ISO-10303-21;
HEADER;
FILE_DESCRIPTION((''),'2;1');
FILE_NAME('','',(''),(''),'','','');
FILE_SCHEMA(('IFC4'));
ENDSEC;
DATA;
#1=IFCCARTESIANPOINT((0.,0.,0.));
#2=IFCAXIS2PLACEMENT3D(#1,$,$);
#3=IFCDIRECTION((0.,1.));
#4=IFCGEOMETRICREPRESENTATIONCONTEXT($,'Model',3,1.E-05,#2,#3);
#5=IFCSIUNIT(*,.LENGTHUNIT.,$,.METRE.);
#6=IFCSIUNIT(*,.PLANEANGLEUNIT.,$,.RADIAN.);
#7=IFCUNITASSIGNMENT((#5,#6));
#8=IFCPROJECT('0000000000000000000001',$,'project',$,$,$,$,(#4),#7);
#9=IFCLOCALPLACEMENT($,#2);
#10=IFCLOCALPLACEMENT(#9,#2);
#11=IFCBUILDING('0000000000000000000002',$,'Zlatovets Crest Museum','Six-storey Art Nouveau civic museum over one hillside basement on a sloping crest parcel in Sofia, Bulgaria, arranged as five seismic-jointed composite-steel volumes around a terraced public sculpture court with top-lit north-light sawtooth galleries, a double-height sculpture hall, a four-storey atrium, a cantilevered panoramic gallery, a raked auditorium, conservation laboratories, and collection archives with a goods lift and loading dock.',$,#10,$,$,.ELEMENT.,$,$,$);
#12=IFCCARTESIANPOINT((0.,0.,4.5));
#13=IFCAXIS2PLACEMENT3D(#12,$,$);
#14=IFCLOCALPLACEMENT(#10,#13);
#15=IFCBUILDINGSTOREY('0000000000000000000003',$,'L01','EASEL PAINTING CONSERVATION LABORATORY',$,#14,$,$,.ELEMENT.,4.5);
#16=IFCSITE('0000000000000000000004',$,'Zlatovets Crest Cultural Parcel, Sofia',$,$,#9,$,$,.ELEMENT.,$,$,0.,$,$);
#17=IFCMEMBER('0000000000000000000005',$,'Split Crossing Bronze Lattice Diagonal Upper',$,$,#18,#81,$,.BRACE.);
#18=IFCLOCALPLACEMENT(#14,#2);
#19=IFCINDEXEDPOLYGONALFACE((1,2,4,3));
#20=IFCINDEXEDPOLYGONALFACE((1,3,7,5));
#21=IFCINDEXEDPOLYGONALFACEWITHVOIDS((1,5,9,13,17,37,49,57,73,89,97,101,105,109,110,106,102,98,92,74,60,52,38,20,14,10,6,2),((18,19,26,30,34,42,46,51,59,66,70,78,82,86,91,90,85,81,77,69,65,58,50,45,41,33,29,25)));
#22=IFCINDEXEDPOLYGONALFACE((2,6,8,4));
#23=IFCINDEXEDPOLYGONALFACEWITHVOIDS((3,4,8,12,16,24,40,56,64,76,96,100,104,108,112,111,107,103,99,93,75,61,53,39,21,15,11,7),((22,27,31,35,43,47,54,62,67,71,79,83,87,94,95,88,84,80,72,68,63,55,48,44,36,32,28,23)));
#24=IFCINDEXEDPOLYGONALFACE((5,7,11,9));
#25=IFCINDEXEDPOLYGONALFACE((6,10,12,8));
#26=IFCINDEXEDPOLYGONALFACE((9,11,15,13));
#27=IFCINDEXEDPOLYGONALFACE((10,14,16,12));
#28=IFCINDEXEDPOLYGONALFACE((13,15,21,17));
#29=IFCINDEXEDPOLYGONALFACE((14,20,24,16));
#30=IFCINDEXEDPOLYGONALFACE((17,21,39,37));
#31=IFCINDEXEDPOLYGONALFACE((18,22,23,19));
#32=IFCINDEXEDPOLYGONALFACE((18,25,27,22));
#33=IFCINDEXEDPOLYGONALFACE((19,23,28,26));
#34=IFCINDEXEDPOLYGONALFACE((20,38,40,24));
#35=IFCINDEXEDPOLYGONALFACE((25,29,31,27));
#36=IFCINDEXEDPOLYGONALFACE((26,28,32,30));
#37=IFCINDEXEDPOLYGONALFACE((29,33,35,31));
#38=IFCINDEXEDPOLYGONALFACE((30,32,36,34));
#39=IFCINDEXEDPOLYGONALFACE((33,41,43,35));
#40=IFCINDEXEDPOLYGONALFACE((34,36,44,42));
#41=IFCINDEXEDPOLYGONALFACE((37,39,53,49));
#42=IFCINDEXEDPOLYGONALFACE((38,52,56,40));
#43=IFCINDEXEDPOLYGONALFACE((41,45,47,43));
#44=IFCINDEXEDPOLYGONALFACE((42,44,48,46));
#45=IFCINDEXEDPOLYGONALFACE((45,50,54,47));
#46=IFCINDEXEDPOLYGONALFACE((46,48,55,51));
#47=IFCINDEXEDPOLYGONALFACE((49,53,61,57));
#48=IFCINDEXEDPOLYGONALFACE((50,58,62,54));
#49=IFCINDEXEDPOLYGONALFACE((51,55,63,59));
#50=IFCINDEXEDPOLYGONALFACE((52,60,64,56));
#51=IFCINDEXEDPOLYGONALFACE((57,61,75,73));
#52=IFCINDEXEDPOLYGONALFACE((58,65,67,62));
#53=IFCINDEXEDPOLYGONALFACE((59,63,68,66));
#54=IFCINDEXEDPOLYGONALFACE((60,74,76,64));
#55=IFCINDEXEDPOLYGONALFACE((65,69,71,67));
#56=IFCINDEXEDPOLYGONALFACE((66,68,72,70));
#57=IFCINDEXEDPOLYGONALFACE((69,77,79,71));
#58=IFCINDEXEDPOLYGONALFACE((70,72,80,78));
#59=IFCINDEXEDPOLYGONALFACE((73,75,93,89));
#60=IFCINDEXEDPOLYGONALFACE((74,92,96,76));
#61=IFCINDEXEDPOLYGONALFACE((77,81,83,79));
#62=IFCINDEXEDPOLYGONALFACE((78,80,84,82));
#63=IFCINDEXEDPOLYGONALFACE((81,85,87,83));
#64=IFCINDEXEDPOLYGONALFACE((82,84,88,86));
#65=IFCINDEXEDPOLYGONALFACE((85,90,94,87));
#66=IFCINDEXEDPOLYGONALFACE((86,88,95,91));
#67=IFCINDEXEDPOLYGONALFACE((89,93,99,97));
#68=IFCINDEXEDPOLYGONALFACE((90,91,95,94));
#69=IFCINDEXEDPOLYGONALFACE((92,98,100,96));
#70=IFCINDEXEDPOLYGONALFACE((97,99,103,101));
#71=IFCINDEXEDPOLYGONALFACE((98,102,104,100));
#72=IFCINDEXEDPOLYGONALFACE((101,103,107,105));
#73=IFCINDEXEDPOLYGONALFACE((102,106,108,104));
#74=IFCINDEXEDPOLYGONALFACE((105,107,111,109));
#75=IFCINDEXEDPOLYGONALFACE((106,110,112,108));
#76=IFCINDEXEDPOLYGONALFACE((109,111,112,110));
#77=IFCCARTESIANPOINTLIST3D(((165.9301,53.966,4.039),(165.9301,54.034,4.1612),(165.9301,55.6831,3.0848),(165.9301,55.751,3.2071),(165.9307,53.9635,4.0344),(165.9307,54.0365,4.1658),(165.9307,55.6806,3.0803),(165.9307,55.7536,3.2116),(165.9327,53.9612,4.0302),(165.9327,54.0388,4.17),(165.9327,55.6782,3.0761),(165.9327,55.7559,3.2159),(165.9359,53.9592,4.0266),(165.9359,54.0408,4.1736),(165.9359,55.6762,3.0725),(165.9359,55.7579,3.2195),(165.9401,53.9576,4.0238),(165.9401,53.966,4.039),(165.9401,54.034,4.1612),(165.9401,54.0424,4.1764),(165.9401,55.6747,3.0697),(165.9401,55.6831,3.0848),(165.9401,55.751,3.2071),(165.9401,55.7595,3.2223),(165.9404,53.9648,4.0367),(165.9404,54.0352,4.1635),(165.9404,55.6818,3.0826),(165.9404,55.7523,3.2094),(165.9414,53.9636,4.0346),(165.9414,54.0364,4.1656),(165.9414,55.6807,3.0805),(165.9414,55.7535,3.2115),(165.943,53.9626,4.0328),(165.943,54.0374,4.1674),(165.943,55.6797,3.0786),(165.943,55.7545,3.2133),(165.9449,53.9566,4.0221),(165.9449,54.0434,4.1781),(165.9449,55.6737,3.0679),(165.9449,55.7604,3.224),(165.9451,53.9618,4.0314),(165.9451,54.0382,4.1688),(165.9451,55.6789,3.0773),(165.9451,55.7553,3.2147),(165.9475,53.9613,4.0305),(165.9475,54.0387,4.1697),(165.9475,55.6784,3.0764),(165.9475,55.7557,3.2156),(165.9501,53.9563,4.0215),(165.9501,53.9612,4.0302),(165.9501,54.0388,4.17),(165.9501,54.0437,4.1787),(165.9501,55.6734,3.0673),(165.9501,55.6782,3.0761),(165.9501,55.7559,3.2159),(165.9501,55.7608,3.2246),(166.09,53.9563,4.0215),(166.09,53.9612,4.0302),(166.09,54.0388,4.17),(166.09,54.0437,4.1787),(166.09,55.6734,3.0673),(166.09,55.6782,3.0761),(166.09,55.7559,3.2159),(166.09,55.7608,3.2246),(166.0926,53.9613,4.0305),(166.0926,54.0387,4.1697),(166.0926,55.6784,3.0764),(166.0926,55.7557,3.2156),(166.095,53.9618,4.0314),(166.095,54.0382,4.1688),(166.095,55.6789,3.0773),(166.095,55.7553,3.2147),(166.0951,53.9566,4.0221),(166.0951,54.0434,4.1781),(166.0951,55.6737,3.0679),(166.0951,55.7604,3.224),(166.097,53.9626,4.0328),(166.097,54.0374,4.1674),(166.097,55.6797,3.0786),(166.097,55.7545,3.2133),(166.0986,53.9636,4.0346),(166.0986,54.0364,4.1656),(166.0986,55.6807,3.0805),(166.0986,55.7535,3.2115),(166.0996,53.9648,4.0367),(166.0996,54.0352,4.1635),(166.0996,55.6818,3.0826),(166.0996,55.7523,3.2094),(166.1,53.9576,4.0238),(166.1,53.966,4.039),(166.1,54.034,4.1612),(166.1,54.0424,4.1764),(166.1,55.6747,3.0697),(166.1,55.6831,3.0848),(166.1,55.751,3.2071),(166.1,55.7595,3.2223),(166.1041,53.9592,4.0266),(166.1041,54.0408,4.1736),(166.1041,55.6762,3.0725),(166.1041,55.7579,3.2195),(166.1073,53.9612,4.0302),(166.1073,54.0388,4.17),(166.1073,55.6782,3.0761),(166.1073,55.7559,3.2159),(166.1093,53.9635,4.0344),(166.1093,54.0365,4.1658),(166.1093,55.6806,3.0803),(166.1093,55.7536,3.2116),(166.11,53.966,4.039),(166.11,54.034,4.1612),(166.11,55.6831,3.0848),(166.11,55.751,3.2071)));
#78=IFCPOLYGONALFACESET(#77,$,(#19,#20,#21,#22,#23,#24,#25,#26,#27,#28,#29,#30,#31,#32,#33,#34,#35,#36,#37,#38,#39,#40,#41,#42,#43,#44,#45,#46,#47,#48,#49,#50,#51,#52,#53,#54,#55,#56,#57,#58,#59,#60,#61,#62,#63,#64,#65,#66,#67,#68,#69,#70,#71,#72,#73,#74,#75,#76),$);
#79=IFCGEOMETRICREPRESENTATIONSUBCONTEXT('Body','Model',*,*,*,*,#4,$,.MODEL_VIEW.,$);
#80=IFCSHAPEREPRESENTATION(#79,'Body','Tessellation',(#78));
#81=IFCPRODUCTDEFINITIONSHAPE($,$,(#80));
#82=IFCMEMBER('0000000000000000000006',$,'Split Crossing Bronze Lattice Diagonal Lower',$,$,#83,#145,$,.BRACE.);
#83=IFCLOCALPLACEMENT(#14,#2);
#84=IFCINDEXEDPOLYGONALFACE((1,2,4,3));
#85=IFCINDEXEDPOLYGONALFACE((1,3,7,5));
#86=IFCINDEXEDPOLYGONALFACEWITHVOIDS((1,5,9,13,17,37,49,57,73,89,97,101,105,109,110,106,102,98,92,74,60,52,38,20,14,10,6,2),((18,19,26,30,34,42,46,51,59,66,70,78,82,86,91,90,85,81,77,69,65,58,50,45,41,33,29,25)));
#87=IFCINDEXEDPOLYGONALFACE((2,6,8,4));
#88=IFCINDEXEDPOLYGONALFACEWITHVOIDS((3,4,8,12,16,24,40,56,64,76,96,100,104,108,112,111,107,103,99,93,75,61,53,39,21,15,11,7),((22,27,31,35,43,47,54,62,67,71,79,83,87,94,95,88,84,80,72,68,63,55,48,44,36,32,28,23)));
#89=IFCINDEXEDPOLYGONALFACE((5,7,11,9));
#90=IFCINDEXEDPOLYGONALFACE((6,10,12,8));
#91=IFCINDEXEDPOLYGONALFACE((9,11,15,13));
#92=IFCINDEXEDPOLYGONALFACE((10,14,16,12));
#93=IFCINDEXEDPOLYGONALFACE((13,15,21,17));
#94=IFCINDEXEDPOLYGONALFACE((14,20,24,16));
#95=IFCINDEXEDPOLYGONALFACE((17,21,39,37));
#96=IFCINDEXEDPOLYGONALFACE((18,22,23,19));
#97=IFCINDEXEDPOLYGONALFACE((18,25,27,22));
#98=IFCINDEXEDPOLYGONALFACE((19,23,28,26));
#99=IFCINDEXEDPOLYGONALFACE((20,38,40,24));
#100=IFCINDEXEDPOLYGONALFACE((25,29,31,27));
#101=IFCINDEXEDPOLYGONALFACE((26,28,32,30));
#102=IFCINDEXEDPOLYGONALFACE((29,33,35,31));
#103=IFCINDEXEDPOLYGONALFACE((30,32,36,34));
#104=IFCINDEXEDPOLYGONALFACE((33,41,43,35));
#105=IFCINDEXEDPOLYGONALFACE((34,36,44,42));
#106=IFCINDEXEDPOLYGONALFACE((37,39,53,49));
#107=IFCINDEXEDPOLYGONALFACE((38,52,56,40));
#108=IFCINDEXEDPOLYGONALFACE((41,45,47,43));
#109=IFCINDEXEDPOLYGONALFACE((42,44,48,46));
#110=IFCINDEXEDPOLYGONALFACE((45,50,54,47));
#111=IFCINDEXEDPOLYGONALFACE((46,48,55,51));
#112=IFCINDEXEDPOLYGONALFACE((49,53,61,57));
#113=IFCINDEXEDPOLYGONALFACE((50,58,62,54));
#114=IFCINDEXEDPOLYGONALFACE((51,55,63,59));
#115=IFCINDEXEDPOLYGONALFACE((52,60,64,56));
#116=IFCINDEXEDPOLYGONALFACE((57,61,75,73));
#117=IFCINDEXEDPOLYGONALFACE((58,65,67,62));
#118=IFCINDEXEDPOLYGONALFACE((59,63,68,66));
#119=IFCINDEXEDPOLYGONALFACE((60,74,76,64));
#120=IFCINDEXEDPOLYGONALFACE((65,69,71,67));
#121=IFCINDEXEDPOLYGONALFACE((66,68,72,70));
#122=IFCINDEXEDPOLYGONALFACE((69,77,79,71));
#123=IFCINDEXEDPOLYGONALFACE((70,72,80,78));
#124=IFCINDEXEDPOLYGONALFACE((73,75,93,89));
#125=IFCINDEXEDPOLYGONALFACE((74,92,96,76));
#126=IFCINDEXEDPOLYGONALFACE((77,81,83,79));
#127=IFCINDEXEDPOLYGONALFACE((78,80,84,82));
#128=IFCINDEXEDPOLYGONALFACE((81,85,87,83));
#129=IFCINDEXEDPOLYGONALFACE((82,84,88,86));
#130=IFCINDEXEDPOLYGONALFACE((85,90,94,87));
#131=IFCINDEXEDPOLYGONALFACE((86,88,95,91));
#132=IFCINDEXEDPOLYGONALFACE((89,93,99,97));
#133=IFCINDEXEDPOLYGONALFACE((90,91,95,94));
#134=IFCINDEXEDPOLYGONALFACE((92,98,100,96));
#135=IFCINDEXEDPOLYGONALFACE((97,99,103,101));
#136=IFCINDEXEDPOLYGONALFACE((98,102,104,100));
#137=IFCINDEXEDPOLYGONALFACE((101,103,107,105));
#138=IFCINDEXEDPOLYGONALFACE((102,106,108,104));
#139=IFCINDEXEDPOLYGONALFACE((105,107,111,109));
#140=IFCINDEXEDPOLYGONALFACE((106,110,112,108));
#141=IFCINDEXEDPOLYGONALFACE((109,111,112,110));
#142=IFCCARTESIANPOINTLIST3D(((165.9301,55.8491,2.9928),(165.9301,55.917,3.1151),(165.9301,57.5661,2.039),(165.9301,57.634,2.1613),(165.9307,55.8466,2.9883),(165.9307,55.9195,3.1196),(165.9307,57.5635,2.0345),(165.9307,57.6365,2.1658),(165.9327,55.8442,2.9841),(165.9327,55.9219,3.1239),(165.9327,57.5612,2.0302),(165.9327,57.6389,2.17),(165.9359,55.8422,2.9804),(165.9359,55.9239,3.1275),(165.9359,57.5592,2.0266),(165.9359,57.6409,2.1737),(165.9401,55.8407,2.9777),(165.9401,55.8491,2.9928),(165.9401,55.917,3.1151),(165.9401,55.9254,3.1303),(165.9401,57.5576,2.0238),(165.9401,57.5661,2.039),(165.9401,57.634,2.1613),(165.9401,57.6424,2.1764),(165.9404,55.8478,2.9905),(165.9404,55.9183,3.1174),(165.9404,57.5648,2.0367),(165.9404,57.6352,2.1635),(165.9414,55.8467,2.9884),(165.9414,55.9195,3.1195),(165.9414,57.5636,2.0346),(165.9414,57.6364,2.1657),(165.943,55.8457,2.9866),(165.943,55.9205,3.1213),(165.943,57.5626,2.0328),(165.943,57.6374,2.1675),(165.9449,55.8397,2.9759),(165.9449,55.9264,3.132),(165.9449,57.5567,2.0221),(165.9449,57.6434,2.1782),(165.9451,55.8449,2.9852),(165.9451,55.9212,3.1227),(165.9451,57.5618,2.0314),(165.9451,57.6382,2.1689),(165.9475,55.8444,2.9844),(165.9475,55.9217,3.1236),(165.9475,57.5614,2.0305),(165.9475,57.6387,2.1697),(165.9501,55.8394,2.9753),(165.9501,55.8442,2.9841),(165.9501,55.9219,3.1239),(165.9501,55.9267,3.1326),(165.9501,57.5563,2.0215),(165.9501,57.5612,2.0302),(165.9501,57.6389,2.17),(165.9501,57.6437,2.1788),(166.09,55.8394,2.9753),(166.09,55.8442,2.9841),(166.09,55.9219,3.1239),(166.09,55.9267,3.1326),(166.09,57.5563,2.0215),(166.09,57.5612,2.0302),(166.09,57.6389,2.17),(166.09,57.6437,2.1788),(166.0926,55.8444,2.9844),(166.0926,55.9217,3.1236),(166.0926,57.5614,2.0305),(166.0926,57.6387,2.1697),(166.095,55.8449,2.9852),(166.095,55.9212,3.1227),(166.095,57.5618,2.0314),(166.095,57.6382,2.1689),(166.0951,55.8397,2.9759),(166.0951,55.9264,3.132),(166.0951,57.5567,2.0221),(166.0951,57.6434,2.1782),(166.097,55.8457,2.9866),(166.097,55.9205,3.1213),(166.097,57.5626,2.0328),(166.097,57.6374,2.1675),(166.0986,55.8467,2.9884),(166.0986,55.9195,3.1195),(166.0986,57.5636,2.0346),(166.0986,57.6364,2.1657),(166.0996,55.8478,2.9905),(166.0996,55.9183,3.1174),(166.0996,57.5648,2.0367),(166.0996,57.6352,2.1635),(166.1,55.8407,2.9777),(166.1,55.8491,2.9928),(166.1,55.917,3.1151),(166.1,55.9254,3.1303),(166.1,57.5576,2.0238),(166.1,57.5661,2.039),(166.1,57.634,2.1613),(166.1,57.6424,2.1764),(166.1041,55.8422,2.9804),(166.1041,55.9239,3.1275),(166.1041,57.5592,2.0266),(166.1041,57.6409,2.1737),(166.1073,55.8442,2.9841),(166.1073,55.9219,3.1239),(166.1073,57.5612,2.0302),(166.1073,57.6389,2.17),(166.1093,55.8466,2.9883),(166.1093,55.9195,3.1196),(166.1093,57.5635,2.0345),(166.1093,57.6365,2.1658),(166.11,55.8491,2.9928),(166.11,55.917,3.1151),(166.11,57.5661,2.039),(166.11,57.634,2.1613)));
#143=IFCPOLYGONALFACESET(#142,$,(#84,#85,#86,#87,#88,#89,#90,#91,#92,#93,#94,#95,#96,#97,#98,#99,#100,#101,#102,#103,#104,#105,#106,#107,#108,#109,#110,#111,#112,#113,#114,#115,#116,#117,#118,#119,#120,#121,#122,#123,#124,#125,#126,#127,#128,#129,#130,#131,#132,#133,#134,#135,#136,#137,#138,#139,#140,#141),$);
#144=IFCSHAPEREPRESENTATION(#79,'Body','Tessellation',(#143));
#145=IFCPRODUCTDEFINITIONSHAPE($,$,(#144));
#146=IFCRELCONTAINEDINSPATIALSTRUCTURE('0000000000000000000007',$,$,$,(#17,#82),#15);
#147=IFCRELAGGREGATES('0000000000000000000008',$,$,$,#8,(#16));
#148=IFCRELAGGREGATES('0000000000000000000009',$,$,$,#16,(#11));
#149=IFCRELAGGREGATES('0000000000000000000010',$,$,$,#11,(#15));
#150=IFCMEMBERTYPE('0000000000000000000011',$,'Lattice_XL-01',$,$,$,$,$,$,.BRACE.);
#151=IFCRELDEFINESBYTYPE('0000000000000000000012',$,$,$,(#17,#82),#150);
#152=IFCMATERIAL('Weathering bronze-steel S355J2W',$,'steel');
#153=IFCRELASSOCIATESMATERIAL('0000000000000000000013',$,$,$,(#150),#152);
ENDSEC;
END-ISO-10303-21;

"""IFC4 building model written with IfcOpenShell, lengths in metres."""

from ifc_helpers import new_model, si_unit, direction, frame, origin, origin_2d, place, context, subcontext, project, spatial, hollow_rectangle, extrude, material, material_profile, profile_set, type_object, element, save


model = new_model("IFC4")

# Units and contexts
model_context = context("Model", 3, precision=1e-05, world=origin(), true_north=direction((0.0, 1.0)))
body_context = subcontext(model_context, "Body", "Model", "MODEL_VIEW")
ifc_project = project(units=[si_unit("LENGTHUNIT", "METRE"), si_unit("PLANEANGLEUNIT", "RADIAN")], contexts=[model_context])

# Site, building, storey
site_placement = place(None, origin())
site = spatial("IfcSite", under=ifc_project, at=site_placement, Name="Zlatovets Crest Cultural Parcel, Sofia", CompositionType="ELEMENT", RefElevation=0.0)
building_placement = place(site_placement, origin())
building = spatial("IfcBuilding", under=site, at=building_placement, Name="Zlatovets Crest Museum", Description="Six-storey Art Nouveau civic museum over one hillside basement on a sloping crest parcel in Sofia, Bulgaria, arranged as five seismic-jointed composite-steel volumes around a terraced public sculpture court with top-lit north-light sawtooth galleries, a double-height sculpture hall, a four-storey atrium, a cantilevered panoramic gallery, a raked auditorium, conservation laboratories, and collection archives with a goods lift and loading dock.", CompositionType="ELEMENT")
storey_placement = place(building_placement, frame((0.0, 0.0, 4.5)))
storey = spatial("IfcBuildingStorey", under=building, at=storey_placement, Name="L01", Description="EASEL PAINTING CONSERVATION LABORATORY", CompositionType="ELEMENT", Elevation=4.5)

# Members
ifc_material_1 = material(Name="Weathering bronze-steel S355J2W", Category="steel")
ifc_material_profile_1 = material_profile(ifc_material_1, hollow_rectangle(XDim=0.1799, YDim=0.1799, WallThickness=0.01, InnerFilletRadius=0.01, OuterFilletRadius=0.02, at=origin_2d()), Name="SHS 180x180x10.0")
ifc_profile_set_1 = profile_set([ifc_material_profile_1], Name="Weathering bronze-steel S355J2W")
member_type_1 = type_object("IfcMemberType", Name="Lattice_XL-01", PredefinedType="BRACE", material=ifc_profile_set_1)
member_1_placement = place(storey_placement, frame((166.02, 54.0, 4.1001), z_axis=(0.0, 0.874116, -0.485717), x_axis=(-1.0, 0.0, 0.0)))
element("IfcMember", 1, at=member_1_placement, inside=storey, type_object=member_type_1, Name="Split Crossing Bronze Lattice Diagonal Upper", PredefinedType="BRACE", context=body_context, shape_type="SweptSolid", body=[
    extrude(hollow_rectangle(XDim=0.1799, YDim=0.1799, WallThickness=0.01, InnerFilletRadius=0.01, OuterFilletRadius=0.02, at=origin_2d()), origin(), (0.0, 0.0, 1.0), 1.9644),
])
member_2_placement = place(storey_placement, frame((166.02, 55.8831, 3.054), z_axis=(0.0, 0.874169, -0.485622), x_axis=(-1.0, 0.0, 0.0)))
element("IfcMember", 2, at=member_2_placement, inside=storey, type_object=member_type_1, Name="Split Crossing Bronze Lattice Diagonal Lower", PredefinedType="BRACE", context=body_context, shape_type="SweptSolid", body=[
    extrude(hollow_rectangle(XDim=0.1799, YDim=0.1799, WallThickness=0.01, InnerFilletRadius=0.01, OuterFilletRadius=0.02, at=origin_2d()), origin(), (0.0, 0.0, 1.0), 1.9641),
])

save(model, "model.ifc")
